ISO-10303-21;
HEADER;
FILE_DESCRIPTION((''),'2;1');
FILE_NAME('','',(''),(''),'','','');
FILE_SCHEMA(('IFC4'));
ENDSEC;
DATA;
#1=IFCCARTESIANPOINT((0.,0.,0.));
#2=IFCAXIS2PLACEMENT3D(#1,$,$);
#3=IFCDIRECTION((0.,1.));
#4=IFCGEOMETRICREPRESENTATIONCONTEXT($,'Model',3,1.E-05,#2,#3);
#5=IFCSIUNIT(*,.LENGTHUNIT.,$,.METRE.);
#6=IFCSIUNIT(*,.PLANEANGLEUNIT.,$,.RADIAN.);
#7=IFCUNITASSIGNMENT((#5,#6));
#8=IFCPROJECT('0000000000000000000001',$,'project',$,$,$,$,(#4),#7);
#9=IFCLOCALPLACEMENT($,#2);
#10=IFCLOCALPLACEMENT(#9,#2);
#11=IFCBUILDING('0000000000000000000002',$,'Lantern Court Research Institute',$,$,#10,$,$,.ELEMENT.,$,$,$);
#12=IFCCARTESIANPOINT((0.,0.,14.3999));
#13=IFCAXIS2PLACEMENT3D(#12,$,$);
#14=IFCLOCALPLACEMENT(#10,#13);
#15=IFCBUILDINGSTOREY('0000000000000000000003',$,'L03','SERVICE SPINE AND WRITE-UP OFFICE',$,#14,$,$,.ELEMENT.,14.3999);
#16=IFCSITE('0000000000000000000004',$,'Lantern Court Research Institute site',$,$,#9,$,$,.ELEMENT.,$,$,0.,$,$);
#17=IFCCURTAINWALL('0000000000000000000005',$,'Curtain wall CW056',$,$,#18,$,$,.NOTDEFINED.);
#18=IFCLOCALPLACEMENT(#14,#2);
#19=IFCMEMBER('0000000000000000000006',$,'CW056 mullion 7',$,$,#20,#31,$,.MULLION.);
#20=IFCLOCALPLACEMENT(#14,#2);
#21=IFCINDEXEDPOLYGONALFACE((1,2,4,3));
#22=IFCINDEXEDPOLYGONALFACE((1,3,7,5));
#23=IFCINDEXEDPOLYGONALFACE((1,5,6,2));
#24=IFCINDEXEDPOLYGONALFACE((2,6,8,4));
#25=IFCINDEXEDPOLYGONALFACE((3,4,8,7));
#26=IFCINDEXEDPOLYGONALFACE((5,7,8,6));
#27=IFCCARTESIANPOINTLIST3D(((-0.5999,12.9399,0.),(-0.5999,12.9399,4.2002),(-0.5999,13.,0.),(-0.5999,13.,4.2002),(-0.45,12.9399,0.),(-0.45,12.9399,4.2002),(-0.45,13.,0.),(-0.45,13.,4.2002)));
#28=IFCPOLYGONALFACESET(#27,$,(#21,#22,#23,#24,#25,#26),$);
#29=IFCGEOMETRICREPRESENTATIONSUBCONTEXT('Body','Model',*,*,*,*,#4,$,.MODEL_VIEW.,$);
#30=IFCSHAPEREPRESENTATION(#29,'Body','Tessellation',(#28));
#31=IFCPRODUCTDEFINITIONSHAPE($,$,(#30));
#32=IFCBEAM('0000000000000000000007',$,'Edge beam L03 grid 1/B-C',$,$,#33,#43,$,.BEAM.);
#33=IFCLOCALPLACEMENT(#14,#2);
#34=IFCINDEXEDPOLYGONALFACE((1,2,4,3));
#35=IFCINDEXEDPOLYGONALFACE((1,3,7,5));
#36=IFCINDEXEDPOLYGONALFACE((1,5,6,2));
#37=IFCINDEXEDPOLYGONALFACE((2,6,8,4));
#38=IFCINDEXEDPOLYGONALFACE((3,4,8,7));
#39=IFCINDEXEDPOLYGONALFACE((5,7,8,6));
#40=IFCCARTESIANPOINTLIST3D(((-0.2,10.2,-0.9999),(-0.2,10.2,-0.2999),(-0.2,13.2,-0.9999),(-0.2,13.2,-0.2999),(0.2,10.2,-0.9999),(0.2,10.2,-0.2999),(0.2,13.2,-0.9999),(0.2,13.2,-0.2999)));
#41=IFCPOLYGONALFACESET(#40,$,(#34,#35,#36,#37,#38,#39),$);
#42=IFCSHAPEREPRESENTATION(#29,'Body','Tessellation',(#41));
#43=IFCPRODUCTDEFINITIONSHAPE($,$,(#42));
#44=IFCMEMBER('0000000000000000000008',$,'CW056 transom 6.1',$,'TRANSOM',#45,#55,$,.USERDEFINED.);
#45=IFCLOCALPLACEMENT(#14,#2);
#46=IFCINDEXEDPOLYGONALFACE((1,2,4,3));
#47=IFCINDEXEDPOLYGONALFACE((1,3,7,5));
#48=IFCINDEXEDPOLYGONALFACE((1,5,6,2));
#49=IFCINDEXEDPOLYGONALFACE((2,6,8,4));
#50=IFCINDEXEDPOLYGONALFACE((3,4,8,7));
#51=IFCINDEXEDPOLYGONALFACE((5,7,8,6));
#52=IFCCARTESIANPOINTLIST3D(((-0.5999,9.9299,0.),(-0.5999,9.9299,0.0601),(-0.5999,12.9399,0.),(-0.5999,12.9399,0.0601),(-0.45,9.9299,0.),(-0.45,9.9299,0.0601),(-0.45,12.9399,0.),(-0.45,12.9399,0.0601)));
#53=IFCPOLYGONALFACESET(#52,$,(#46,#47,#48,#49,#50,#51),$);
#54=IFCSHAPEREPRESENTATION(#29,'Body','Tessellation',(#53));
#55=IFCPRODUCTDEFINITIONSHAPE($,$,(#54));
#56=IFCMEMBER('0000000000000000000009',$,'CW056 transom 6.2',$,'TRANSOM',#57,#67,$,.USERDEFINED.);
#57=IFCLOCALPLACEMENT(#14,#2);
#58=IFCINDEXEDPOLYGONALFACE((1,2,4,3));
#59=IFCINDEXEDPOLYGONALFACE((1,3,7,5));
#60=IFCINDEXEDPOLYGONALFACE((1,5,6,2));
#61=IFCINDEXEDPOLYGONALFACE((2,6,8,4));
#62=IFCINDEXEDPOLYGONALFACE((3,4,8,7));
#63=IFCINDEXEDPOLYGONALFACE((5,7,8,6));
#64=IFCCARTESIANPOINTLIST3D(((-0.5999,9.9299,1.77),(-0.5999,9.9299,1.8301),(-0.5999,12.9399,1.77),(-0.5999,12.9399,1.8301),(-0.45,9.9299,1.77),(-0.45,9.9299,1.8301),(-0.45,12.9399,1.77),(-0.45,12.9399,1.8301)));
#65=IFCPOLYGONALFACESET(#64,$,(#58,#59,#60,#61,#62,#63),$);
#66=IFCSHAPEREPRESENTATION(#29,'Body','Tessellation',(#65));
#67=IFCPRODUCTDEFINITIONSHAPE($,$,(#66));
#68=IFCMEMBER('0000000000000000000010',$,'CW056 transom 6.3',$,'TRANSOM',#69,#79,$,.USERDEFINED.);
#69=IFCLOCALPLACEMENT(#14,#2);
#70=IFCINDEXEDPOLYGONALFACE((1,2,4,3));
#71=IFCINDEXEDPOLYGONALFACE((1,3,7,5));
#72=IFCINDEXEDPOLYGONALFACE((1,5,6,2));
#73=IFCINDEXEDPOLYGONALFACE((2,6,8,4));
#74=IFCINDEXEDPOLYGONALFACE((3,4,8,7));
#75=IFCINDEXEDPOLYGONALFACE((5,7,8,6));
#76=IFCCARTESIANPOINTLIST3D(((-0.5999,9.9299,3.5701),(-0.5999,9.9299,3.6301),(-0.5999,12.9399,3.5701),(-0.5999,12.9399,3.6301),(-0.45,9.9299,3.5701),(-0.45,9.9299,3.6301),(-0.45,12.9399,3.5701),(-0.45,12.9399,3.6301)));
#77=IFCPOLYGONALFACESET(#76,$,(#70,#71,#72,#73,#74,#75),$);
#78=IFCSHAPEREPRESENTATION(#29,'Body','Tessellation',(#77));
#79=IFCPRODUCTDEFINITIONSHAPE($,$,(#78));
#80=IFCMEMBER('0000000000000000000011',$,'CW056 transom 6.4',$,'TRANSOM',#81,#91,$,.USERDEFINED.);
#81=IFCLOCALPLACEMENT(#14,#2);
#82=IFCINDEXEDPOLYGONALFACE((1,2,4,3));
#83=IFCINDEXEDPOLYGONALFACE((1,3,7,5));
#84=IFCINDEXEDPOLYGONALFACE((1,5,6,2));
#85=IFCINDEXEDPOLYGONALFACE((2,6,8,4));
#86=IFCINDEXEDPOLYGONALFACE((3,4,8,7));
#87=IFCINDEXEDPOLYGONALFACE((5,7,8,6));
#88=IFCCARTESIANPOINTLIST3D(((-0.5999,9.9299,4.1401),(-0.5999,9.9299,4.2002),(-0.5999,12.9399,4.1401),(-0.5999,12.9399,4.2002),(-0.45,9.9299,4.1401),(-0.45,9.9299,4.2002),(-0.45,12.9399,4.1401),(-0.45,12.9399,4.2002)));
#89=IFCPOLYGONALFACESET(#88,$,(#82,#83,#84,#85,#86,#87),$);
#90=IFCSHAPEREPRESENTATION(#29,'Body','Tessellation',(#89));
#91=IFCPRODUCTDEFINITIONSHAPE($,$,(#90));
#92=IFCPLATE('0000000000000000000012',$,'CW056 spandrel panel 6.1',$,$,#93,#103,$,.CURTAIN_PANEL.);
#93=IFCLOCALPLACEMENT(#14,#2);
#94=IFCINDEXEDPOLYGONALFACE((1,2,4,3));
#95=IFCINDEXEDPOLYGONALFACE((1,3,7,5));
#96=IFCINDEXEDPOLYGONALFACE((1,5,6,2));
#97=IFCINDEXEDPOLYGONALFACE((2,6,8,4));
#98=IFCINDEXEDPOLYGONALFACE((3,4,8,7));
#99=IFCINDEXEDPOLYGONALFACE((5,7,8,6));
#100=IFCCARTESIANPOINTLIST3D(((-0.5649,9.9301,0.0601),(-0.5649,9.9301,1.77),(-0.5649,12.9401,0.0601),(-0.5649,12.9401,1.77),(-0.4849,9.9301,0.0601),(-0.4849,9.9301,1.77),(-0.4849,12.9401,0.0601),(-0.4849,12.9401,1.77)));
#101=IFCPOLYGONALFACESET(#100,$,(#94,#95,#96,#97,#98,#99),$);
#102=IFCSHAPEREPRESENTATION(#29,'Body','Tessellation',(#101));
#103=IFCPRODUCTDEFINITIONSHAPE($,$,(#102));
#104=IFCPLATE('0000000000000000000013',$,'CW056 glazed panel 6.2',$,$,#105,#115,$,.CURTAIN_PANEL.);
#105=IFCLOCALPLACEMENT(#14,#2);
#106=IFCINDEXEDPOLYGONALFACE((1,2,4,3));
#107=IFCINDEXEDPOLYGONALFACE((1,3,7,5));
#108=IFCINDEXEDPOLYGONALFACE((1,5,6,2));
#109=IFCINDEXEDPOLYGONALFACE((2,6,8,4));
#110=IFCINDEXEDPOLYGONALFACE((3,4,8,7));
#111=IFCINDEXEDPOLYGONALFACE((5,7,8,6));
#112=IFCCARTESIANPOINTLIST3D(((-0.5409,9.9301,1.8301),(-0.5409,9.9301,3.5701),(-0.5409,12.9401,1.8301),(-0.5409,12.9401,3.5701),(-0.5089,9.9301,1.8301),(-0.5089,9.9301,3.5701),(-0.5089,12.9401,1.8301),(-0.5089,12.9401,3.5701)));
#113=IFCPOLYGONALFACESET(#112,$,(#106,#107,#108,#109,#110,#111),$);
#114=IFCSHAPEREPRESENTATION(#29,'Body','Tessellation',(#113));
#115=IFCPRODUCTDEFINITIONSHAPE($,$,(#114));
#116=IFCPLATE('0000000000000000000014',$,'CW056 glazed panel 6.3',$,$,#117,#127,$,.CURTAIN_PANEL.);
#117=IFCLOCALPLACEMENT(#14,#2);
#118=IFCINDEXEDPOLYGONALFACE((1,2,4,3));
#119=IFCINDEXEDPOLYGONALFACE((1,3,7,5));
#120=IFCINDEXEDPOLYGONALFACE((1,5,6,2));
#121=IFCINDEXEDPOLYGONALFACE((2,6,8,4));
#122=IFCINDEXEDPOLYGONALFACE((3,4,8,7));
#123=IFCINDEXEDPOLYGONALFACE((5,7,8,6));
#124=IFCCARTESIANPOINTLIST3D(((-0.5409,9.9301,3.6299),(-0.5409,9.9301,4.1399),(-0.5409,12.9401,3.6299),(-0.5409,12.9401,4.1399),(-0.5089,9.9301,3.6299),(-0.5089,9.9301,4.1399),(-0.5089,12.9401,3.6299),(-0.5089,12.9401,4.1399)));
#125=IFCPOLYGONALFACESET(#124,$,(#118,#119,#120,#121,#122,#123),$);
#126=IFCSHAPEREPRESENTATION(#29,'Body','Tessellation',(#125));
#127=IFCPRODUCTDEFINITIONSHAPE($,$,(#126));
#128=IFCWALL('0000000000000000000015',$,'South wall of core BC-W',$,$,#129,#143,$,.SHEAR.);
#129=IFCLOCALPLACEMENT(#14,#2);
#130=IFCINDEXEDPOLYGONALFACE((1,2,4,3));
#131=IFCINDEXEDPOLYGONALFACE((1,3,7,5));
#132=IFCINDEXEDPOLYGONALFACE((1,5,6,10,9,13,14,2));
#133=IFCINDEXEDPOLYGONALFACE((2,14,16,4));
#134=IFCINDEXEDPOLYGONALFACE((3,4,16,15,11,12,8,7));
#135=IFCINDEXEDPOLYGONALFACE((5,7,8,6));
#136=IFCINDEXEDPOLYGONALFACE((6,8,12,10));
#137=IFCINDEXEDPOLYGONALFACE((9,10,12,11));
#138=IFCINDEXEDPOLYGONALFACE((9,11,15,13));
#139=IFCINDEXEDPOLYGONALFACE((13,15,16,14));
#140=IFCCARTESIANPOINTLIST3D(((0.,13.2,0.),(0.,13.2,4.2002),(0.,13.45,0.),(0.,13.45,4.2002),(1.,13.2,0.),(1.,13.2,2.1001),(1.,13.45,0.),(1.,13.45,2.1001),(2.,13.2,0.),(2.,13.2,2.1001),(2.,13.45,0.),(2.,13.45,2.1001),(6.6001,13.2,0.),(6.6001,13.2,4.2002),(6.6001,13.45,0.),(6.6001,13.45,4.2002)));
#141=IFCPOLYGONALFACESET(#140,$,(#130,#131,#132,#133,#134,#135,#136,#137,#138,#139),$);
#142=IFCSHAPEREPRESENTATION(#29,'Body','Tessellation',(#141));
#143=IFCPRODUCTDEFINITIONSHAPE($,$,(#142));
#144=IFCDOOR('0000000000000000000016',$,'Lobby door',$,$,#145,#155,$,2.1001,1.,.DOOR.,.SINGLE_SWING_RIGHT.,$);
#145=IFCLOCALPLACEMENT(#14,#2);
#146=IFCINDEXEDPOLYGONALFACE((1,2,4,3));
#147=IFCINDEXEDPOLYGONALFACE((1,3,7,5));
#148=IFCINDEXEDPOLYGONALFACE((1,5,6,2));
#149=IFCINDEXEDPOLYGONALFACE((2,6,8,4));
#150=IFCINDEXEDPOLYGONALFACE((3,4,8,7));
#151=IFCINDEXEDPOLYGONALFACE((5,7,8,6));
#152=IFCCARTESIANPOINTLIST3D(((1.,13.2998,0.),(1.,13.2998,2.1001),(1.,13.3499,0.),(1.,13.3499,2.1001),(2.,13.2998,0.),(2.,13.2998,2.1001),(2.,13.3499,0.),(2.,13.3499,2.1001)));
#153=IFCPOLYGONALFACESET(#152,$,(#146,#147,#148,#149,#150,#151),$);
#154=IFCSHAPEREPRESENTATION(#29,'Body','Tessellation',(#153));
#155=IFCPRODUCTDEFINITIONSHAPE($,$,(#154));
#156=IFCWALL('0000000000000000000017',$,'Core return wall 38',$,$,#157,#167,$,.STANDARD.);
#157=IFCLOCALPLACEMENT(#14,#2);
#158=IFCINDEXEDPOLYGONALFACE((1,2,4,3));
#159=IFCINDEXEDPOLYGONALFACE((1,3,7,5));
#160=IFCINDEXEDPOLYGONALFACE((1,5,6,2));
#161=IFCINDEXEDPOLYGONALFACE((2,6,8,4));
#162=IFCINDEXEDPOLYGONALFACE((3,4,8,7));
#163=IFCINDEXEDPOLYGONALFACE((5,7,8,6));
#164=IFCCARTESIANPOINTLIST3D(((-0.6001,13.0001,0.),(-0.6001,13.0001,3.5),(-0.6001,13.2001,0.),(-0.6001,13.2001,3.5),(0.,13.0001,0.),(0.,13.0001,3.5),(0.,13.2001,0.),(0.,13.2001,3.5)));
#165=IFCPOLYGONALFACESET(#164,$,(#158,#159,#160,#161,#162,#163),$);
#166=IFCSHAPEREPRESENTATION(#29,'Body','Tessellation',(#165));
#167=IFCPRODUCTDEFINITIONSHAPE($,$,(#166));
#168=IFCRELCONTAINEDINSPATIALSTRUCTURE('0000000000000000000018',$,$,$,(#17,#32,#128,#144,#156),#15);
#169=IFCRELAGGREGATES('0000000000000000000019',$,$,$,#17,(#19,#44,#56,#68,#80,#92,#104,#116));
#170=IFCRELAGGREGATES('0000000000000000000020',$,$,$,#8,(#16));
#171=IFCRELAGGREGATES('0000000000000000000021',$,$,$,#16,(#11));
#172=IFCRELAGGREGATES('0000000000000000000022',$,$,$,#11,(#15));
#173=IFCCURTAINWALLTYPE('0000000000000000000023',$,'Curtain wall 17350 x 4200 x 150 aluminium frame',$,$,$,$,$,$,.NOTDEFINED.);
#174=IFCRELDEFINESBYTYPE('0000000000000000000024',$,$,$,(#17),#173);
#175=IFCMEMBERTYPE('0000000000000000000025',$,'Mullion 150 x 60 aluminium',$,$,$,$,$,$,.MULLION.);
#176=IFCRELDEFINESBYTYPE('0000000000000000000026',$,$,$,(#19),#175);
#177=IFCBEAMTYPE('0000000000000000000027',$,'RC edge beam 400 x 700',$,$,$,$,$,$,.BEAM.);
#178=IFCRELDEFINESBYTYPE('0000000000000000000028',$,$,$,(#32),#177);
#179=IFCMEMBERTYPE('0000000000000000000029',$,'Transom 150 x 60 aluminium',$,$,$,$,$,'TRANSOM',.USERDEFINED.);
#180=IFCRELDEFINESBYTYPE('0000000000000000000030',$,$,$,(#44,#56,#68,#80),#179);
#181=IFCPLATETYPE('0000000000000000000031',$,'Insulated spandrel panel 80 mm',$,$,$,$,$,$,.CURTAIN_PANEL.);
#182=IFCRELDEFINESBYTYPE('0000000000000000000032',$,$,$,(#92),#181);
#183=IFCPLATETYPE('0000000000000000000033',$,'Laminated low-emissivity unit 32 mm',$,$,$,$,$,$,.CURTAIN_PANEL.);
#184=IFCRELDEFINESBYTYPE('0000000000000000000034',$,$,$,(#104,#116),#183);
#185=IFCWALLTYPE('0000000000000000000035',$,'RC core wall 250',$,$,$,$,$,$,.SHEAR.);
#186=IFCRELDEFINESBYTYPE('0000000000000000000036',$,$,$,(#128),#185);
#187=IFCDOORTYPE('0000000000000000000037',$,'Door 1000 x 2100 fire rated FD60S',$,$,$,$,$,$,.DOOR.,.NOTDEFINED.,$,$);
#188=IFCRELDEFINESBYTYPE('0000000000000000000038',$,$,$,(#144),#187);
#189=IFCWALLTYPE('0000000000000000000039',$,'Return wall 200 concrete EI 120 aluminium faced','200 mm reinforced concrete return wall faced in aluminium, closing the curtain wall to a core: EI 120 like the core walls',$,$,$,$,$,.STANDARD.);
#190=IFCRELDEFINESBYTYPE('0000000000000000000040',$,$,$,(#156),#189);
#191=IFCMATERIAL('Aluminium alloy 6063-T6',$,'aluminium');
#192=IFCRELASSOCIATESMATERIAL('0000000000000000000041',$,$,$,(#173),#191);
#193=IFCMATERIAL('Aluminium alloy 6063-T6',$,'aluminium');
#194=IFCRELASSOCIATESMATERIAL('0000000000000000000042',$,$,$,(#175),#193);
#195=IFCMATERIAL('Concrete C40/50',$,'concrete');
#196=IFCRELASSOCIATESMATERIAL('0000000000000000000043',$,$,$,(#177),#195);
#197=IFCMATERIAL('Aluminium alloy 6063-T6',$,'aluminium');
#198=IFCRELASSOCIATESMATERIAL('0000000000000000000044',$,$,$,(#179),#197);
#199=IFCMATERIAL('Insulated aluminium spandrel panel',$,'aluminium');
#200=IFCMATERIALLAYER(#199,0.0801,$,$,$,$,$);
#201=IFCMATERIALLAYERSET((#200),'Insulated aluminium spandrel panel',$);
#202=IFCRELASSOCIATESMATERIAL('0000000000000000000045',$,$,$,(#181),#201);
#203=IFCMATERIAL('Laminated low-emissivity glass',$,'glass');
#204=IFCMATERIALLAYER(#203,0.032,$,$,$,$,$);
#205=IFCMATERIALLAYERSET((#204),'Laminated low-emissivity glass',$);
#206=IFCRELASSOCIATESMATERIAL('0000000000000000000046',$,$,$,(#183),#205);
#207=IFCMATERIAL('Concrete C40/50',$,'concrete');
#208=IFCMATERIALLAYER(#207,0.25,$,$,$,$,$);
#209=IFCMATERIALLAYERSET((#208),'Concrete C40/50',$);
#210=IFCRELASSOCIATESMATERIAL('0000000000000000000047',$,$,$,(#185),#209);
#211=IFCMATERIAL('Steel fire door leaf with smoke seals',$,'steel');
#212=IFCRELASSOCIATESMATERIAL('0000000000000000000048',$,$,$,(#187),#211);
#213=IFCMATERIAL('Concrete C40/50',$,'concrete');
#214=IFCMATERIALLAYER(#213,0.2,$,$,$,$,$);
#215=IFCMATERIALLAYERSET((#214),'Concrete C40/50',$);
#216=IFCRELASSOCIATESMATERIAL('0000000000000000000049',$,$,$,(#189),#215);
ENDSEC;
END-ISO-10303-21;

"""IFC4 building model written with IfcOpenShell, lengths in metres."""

from ifc_helpers import new_model, si_unit, direction, frame, frame_2d, origin, origin_2d, place, context, subcontext, project, spatial, rectangle, extrude, material, layer, layer_set, material_profile, profile_set, type_object, element, fill, aggregate, save


model = new_model("IFC4")

# Units and contexts
model_context = context("Model", 3, precision=1e-05, world=origin(), true_north=direction((0.0, 1.0)))
body_context = subcontext(model_context, "Body", "Model", "MODEL_VIEW")
ifc_project = project(units=[si_unit("LENGTHUNIT", "METRE"), si_unit("PLANEANGLEUNIT", "RADIAN")], contexts=[model_context])

# Site, building, storey
site_placement = place(None, origin())
site = spatial("IfcSite", under=ifc_project, at=site_placement, Name="Lantern Court Research Institute site", CompositionType="ELEMENT", RefElevation=0.0)
building_placement = place(site_placement, origin())
building = spatial("IfcBuilding", under=site, at=building_placement, Name="Lantern Court Research Institute", CompositionType="ELEMENT")
storey_placement = place(building_placement, frame((0.0, 0.0, 14.3999)))
storey = spatial("IfcBuildingStorey", under=building, at=storey_placement, Name="L03", Description="SERVICE SPINE AND WRITE-UP OFFICE", CompositionType="ELEMENT", Elevation=14.3999)

# Curtain wall, member
ifc_material_1 = material(Name="Aluminium alloy 6063-T6", Category="aluminium")
curtain_wall_type = type_object("IfcCurtainWallType", Name="Curtain wall 17350 x 4200 x 150 aluminium frame", PredefinedType="NOTDEFINED", material=ifc_material_1)
curtain_wall_placement = place(storey_placement, origin())
curtain_wall = element("IfcCurtainWall", 1, at=curtain_wall_placement, inside=storey, type_object=curtain_wall_type, Name="Curtain wall CW056", PredefinedType="NOTDEFINED")
ifc_material_2 = material(Name="Aluminium alloy 6063-T6", Category="aluminium")
ifc_material_profile_1 = material_profile(ifc_material_2, rectangle(XDim=0.1499, YDim=0.0601, at=origin_2d()), Name="Mullion 150 x 60")
ifc_profile_set_1 = profile_set([ifc_material_profile_1], Name="Aluminium alloy 6063-T6")
member_type_1 = type_object("IfcMemberType", Name="Mullion 150 x 60 aluminium", PredefinedType="MULLION", material=ifc_profile_set_1)
member_1_placement = place(storey_placement, frame((-0.5249, 12.97, 0.0), z_axis=(0.0, 0.0, 1.0), x_axis=(-1.0, 0.0, 0.0)))
member_1 = element("IfcMember", 2, at=member_1_placement, type_object=member_type_1, Name="CW056 mullion 7", PredefinedType="MULLION", context=body_context, shape_type="SweptSolid", body=[
    extrude(rectangle(XDim=0.1499, YDim=0.0601, at=origin_2d()), origin(), (0.0, 0.0, 1.0), 4.2002),
])

# Beam
ifc_material_3 = material(Name="Concrete C40/50", Category="concrete")
ifc_material_profile_2 = material_profile(ifc_material_3, rectangle(XDim=0.3999, YDim=0.7, at=origin_2d()), Name="RC beam 400 x 700")
ifc_profile_set_2 = profile_set([ifc_material_profile_2], Name="Concrete C40/50")
beam_type = type_object("IfcBeamType", Name="RC edge beam 400 x 700", PredefinedType="BEAM", material=ifc_profile_set_2)
beam_placement = place(storey_placement, frame((0.0, 10.2, -0.6499), z_axis=(0.0, 1.0, 0.0), x_axis=(-1.0, 0.0, 0.0)))
element("IfcBeam", 3, at=beam_placement, inside=storey, type_object=beam_type, Name="Edge beam L03 grid 1/B-C", PredefinedType="BEAM", context=body_context, shape_type="SweptSolid", body=[
    extrude(rectangle(XDim=0.3999, YDim=0.7, at=origin_2d()), origin(), (0.0, 0.0, 1.0), 3.0),
])

# Members
ifc_material_4 = material(Name="Aluminium alloy 6063-T6", Category="aluminium")
ifc_material_profile_3 = material_profile(ifc_material_4, rectangle(XDim=0.1499, YDim=0.0601, at=origin_2d()), Name="Transom 150 x 60")
ifc_profile_set_3 = profile_set([ifc_material_profile_3], Name="Aluminium alloy 6063-T6")
member_type_2 = type_object("IfcMemberType", Name="Transom 150 x 60 aluminium", ElementType="TRANSOM", PredefinedType="USERDEFINED", material=ifc_profile_set_3)
member_2_placement = place(storey_placement, frame((-0.5249, 9.9299, 0.03), z_axis=(0.0, 1.0, 0.0), x_axis=(-1.0, 0.0, 0.0)))
member_2 = element("IfcMember", 4, at=member_2_placement, type_object=member_type_2, Name="CW056 transom 6.1", ObjectType="TRANSOM", PredefinedType="USERDEFINED", context=body_context, shape_type="SweptSolid", body=[
    extrude(rectangle(XDim=0.1499, YDim=0.0601, at=origin_2d()), origin(), (0.0, 0.0, 1.0), 3.01),
])
member_3_placement = place(storey_placement, frame((-0.5249, 9.9299, 1.8), z_axis=(0.0, 1.0, 0.0), x_axis=(-1.0, 0.0, 0.0)))
member_3 = element("IfcMember", 5, at=member_3_placement, type_object=member_type_2, Name="CW056 transom 6.2", ObjectType="TRANSOM", PredefinedType="USERDEFINED", context=body_context, shape_type="SweptSolid", body=[
    extrude(rectangle(XDim=0.1499, YDim=0.0601, at=origin_2d()), origin(), (0.0, 0.0, 1.0), 3.01),
])
member_4_placement = place(storey_placement, frame((-0.5249, 9.9299, 3.6001), z_axis=(0.0, 1.0, 0.0), x_axis=(-1.0, 0.0, 0.0)))
member_4 = element("IfcMember", 6, at=member_4_placement, type_object=member_type_2, Name="CW056 transom 6.3", ObjectType="TRANSOM", PredefinedType="USERDEFINED", context=body_context, shape_type="SweptSolid", body=[
    extrude(rectangle(XDim=0.1499, YDim=0.0601, at=origin_2d()), origin(), (0.0, 0.0, 1.0), 3.01),
])
member_5_placement = place(storey_placement, frame((-0.5249, 9.9299, 4.1702), z_axis=(0.0, 1.0, 0.0), x_axis=(-1.0, 0.0, 0.0)))
member_5 = element("IfcMember", 7, at=member_5_placement, type_object=member_type_2, Name="CW056 transom 6.4", ObjectType="TRANSOM", PredefinedType="USERDEFINED", context=body_context, shape_type="SweptSolid", body=[
    extrude(rectangle(XDim=0.1499, YDim=0.0601, at=origin_2d()), origin(), (0.0, 0.0, 1.0), 3.01),
])

# Plates
ifc_material_5 = material(Name="Insulated aluminium spandrel panel", Category="aluminium")
ifc_layer_1 = layer(ifc_material_5, 0.0801)
ifc_layer_set_1 = layer_set([ifc_layer_1], Name="Insulated aluminium spandrel panel")
plate_type_1 = type_object("IfcPlateType", Name="Insulated spandrel panel 80 mm", PredefinedType="CURTAIN_PANEL", material=ifc_layer_set_1)
plate_1_placement = place(storey_placement, frame((-0.5249, 11.4351, 0.0601), z_axis=(0.0, 0.0, 1.0), x_axis=(0.0, 1.0, 0.0)))
plate_1 = element("IfcPlate", 8, at=plate_1_placement, type_object=plate_type_1, Name="CW056 spandrel panel 6.1", PredefinedType="CURTAIN_PANEL", context=body_context, shape_type="SweptSolid", body=[
    extrude(rectangle(XDim=3.01, YDim=0.0801, at=origin_2d()), origin(), (0.0, 0.0, 1.0), 1.71),
])
ifc_material_6 = material(Name="Laminated low-emissivity glass", Category="glass")
ifc_layer_2 = layer(ifc_material_6, 0.032)
ifc_layer_set_2 = layer_set([ifc_layer_2], Name="Laminated low-emissivity glass")
plate_type_2 = type_object("IfcPlateType", Name="Laminated low-emissivity unit 32 mm", PredefinedType="CURTAIN_PANEL", material=ifc_layer_set_2)
plate_2_placement = place(storey_placement, frame((-0.5249, 11.4351, 1.8301), z_axis=(0.0, 0.0, 1.0), x_axis=(0.0, 1.0, 0.0)))
plate_2 = element("IfcPlate", 9, at=plate_2_placement, type_object=plate_type_2, Name="CW056 glazed panel 6.2", PredefinedType="CURTAIN_PANEL", context=body_context, shape_type="SweptSolid", body=[
    extrude(rectangle(XDim=3.01, YDim=0.032, at=origin_2d()), origin(), (0.0, 0.0, 1.0), 1.74),
])
plate_3_placement = place(storey_placement, frame((-0.5249, 11.4351, 3.6299), z_axis=(0.0, 0.0, 1.0), x_axis=(0.0, 1.0, 0.0)))
plate_3 = element("IfcPlate", 10, at=plate_3_placement, type_object=plate_type_2, Name="CW056 glazed panel 6.3", PredefinedType="CURTAIN_PANEL", context=body_context, shape_type="SweptSolid", body=[
    extrude(rectangle(XDim=3.01, YDim=0.032, at=origin_2d()), origin(), (0.0, 0.0, 1.0), 0.51),
])
aggregate(curtain_wall, [member_1, member_2, member_3, member_4, member_5, plate_1, plate_2, plate_3])

# Wall, opening, door
ifc_material_7 = material(Name="Concrete C40/50", Category="concrete")
ifc_layer_3 = layer(ifc_material_7, 0.25)
ifc_layer_set_3 = layer_set([ifc_layer_3], Name="Concrete C40/50")
wall_type_1 = type_object("IfcWallType", Name="RC core wall 250", PredefinedType="SHEAR", material=ifc_layer_set_3)
wall_1_placement = place(storey_placement, frame((0.0, 13.325, 0.0), z_axis=(0.0, 0.0, 1.0), x_axis=(1.0, 0.0, 0.0)))
wall_1 = element("IfcWall", 11, at=wall_1_placement, inside=storey, type_object=wall_type_1, Name="South wall of core BC-W", PredefinedType="SHEAR", context=body_context, shape_type="SweptSolid", body=[
    extrude(rectangle(XDim=6.6001, YDim=0.25, at=frame_2d((3.3, 0.0))), origin(), (0.0, 0.0, 1.0), 4.2002),
])
opening_placement = place(wall_1_placement, frame((1.0, 0.0, 0.0)))
opening = element("IfcOpeningElement", 12, at=opening_placement, cuts=wall_1, PredefinedType="OPENING", context=body_context, shape_type="SweptSolid", body=[
    extrude(rectangle(XDim=1.0, YDim=2.1001, at=frame_2d((0.5, 1.05))), frame((0.0, 0.135, 0.0), z_axis=(0.0, -1.0, 0.0), x_axis=(1.0, 0.0, 0.0)), (0.0, 0.0, 1.0), 0.27),
])
ifc_material_8 = material(Name="Steel fire door leaf with smoke seals", Category="steel")
door_type = type_object("IfcDoorType", Name="Door 1000 x 2100 fire rated FD60S", OperationType="NOTDEFINED", PredefinedType="DOOR", material=ifc_material_8)
door_placement = place(opening_placement, origin())
door = element("IfcDoor", 13, at=door_placement, inside=storey, type_object=door_type, Name="Lobby door", OperationType="SINGLE_SWING_RIGHT", OverallHeight=2.1001, OverallWidth=1.0, PredefinedType="DOOR", context=body_context, shape_type="SweptSolid", body=[
    extrude(rectangle(XDim=1.0, YDim=2.1001, at=frame_2d((0.5, 1.05))), frame((0.0, 0.0249, 0.0), z_axis=(0.0, -1.0, 0.0), x_axis=(1.0, 0.0, 0.0)), (0.0, 0.0, 1.0), 0.05),
])
fill(opening, door)

# Wall
ifc_material_9 = material(Name="Concrete C40/50", Category="concrete")
ifc_layer_4 = layer(ifc_material_9, 0.2)
ifc_layer_set_4 = layer_set([ifc_layer_4], Name="Concrete C40/50")
wall_type_2 = type_object("IfcWallType", Name="Return wall 200 concrete EI 120 aluminium faced", Description="200 mm reinforced concrete return wall faced in aluminium, closing the curtain wall to a core: EI 120 like the core walls", PredefinedType="STANDARD", material=ifc_layer_set_4)
wall_2_placement = place(storey_placement, frame((0.0, 13.1001, 0.0), z_axis=(0.0, 0.0, 1.0), x_axis=(-1.0, 0.0, 0.0)))
element("IfcWall", 14, at=wall_2_placement, inside=storey, type_object=wall_type_2, Name="Core return wall 38", PredefinedType="STANDARD", context=body_context, shape_type="SweptSolid", body=[
    extrude(rectangle(XDim=0.6001, YDim=0.2, at=frame_2d((0.3, 0.0))), origin(), (0.0, 0.0, 1.0), 3.5),
])

save(model, "model.ifc")
